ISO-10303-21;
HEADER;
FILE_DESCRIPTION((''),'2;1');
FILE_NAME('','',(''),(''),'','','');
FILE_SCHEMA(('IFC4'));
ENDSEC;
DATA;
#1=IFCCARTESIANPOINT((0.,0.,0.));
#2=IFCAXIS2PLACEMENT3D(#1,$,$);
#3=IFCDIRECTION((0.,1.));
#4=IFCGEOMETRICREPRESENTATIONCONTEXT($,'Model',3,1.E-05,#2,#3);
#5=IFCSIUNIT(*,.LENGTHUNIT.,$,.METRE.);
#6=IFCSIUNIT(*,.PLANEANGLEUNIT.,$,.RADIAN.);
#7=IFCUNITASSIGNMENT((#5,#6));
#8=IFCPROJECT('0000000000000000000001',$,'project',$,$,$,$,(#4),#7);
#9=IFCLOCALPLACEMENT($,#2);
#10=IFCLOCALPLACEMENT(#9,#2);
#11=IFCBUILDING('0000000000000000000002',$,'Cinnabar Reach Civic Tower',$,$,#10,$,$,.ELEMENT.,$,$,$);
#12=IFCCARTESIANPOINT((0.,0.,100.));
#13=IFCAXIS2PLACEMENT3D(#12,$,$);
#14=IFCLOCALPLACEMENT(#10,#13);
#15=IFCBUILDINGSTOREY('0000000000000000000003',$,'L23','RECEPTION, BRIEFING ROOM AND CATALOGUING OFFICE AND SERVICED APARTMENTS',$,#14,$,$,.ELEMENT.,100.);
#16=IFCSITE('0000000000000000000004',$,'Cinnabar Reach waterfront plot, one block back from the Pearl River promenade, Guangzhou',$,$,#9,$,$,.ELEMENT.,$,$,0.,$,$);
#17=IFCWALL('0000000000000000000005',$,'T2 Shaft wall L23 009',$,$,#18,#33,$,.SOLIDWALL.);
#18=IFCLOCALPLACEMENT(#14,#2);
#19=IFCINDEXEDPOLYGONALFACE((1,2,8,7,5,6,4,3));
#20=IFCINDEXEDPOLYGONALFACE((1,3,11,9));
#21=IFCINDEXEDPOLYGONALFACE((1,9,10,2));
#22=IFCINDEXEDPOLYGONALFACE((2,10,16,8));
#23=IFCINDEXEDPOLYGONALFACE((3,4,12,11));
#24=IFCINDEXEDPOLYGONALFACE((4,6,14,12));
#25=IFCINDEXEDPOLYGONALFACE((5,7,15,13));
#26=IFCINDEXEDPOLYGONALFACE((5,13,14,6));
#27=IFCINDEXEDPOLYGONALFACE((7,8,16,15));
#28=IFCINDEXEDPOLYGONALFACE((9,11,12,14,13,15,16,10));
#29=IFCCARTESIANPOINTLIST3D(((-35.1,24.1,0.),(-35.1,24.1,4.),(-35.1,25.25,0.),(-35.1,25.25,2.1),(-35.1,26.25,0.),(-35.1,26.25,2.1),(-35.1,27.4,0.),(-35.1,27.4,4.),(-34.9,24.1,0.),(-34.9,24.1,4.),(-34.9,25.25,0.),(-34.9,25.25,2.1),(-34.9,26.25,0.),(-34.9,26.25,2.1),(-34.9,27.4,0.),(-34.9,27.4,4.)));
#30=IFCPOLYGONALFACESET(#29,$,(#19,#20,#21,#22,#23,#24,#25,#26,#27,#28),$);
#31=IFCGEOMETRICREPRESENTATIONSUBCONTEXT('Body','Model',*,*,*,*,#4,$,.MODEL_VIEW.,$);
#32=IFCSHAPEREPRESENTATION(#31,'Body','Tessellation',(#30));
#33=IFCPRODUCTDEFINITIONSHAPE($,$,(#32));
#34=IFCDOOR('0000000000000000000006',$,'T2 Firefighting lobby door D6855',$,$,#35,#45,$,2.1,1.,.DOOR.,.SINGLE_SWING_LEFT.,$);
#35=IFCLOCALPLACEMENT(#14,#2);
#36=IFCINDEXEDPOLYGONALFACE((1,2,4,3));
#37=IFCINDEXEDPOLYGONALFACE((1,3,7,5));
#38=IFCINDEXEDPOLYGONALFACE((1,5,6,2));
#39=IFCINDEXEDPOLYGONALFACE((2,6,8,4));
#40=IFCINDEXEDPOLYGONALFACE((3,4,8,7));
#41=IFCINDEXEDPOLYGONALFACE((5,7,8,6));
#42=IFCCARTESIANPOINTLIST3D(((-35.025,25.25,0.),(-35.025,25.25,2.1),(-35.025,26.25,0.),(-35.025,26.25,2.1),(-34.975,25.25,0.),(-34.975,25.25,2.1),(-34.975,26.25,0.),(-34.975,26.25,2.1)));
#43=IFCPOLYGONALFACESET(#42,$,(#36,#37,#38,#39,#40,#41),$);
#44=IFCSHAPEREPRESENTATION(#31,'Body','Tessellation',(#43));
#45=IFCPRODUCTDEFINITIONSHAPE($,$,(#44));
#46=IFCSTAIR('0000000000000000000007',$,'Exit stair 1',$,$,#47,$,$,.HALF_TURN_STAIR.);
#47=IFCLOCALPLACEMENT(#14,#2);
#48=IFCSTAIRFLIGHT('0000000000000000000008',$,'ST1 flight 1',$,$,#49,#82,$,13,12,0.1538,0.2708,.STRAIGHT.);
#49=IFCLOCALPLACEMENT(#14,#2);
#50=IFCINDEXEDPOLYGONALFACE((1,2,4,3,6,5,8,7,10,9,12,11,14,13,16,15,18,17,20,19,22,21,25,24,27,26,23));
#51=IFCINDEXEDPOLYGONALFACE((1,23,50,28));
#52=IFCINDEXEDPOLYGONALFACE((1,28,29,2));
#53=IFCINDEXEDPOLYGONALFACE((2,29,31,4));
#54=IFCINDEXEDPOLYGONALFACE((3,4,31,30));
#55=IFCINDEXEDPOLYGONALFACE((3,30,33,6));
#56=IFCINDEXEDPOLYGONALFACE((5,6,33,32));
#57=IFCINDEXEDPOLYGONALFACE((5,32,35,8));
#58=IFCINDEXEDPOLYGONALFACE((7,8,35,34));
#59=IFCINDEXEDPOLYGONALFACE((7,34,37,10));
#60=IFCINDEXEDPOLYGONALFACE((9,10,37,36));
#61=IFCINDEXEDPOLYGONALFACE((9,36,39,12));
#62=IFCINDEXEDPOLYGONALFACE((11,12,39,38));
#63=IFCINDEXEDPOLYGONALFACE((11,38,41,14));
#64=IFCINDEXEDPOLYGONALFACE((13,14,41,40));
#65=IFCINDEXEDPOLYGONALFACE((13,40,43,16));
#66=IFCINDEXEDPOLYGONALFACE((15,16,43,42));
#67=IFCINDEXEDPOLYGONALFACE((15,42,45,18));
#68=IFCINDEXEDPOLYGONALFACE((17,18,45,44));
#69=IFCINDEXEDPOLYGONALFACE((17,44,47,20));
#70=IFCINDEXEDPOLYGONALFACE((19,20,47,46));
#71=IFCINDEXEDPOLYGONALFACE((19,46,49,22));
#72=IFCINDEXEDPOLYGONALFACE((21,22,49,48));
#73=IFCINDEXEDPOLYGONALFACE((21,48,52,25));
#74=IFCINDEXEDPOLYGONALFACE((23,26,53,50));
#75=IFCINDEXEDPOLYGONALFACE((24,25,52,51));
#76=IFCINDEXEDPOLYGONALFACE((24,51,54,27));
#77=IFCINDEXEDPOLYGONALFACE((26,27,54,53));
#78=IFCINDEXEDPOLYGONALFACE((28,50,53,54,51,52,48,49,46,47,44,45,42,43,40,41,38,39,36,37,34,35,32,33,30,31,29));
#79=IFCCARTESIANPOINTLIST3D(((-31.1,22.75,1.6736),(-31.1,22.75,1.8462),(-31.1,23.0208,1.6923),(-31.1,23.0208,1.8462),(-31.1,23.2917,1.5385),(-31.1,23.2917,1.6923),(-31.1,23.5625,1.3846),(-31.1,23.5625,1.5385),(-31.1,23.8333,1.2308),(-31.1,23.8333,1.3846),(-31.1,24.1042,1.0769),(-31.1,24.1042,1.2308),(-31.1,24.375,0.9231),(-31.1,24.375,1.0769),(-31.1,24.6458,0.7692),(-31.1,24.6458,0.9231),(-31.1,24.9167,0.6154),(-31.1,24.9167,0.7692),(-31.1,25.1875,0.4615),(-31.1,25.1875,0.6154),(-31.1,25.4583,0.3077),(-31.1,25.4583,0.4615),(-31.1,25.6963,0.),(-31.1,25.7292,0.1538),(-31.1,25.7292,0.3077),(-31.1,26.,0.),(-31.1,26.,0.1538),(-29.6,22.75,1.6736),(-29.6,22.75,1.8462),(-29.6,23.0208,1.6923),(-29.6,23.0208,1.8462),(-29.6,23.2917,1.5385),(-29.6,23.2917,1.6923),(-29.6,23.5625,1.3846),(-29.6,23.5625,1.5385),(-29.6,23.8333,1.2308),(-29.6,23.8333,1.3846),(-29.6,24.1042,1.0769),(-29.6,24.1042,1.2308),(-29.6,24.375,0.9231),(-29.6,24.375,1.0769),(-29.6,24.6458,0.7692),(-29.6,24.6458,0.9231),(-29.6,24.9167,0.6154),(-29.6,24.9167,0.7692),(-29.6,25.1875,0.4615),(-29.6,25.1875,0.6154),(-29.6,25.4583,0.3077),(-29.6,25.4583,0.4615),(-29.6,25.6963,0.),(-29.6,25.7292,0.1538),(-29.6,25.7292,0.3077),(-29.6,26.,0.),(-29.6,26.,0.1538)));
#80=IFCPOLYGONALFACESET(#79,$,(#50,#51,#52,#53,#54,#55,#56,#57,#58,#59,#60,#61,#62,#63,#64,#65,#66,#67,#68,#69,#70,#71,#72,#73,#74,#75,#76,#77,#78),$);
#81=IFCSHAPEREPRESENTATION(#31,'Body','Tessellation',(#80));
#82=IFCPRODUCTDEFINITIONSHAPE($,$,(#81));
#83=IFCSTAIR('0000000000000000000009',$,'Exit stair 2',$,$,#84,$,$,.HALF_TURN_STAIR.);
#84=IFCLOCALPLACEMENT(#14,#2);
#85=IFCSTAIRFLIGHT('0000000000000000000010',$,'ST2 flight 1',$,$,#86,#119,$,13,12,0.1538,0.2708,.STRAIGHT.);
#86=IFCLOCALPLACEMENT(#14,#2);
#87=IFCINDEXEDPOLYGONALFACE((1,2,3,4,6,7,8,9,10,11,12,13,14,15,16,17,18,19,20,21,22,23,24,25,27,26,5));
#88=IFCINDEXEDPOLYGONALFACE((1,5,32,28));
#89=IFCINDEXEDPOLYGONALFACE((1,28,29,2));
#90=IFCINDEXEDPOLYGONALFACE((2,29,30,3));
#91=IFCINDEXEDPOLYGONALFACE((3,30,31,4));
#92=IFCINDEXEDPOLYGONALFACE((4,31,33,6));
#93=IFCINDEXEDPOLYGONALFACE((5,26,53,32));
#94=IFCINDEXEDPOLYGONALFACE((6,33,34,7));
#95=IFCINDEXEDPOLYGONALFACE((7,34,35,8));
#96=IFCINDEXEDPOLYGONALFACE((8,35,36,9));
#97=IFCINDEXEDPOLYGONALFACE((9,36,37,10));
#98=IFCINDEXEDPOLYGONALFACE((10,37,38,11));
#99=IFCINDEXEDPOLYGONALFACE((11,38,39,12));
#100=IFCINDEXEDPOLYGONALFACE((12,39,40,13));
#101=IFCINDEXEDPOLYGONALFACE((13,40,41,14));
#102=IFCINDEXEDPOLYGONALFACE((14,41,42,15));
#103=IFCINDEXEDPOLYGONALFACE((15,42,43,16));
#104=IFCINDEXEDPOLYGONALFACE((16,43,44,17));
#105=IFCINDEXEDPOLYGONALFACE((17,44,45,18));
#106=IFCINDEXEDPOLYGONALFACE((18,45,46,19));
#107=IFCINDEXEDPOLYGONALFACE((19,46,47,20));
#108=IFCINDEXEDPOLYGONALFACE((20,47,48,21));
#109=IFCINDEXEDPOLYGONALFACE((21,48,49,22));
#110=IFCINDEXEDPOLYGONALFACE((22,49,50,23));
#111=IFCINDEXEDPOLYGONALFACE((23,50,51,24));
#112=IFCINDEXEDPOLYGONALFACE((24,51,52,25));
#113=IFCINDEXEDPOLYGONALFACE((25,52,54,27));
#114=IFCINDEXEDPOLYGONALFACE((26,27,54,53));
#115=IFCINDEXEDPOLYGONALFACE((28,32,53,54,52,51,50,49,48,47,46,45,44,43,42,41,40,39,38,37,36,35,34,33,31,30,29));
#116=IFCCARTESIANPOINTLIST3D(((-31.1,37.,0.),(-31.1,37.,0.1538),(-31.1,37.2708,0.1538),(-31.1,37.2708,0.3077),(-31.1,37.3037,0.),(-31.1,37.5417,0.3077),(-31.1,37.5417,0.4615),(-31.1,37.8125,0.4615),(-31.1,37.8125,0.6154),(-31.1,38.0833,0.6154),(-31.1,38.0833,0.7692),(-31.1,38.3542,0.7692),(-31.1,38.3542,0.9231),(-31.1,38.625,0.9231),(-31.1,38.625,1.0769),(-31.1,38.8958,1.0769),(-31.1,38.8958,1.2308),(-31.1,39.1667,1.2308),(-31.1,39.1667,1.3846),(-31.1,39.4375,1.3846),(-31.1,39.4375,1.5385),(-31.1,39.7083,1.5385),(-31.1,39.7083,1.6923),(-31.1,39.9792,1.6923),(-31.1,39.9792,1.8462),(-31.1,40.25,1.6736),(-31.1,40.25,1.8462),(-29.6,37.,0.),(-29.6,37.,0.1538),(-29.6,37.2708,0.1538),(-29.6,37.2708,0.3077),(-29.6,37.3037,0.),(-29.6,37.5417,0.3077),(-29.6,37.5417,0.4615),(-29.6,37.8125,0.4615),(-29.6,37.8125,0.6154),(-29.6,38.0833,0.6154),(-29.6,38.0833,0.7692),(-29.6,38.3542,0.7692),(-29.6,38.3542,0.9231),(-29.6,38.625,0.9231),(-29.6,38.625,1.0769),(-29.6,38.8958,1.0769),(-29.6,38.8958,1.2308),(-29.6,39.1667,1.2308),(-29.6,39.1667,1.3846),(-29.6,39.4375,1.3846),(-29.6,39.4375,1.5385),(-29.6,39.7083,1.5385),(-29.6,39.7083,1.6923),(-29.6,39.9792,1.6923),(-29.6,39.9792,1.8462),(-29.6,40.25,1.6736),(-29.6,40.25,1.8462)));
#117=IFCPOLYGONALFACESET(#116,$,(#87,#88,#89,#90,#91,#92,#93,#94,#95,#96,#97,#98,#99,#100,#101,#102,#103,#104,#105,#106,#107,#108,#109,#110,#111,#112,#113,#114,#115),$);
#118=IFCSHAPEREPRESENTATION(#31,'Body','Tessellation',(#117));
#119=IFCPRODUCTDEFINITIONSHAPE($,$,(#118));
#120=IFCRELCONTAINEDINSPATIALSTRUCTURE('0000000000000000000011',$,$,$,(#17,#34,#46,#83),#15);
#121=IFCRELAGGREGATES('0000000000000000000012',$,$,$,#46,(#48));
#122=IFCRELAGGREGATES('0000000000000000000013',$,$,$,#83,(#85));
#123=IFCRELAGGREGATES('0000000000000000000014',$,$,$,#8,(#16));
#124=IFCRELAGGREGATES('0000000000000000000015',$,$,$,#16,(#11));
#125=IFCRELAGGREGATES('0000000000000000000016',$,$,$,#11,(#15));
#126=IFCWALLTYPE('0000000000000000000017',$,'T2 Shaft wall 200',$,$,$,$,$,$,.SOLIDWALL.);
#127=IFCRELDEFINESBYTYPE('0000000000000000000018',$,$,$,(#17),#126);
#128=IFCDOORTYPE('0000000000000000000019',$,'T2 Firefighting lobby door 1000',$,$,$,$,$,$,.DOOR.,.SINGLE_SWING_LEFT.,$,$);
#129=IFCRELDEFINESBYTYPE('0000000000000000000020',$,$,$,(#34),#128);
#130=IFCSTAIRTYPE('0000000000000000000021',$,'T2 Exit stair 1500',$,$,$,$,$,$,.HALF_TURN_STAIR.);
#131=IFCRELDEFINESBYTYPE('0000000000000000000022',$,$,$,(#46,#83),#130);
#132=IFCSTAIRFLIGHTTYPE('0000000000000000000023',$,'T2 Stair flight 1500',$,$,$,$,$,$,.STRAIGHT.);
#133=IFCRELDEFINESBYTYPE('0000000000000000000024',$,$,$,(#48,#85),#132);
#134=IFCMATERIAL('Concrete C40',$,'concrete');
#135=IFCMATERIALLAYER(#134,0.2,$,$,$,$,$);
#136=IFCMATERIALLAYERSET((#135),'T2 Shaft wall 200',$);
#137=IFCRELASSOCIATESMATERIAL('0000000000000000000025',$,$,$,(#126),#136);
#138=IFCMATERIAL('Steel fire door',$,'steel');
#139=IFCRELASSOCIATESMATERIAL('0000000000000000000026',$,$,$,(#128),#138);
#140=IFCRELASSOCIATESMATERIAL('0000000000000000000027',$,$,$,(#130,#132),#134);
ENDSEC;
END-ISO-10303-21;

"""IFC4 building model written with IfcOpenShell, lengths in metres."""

from ifc_helpers import new_model, si_unit, direction, frame, frame_2d, origin, place, context, subcontext, project, spatial, polyline, rectangle, outline, extrude, material, layer, layer_set, type_object, element, fill, aggregate, save


model = new_model("IFC4")

# Units and contexts
model_context = context("Model", 3, precision=1e-05, world=origin(), true_north=direction((0.0, 1.0)))
body_context = subcontext(model_context, "Body", "Model", "MODEL_VIEW")
ifc_project = project(units=[si_unit("LENGTHUNIT", "METRE"), si_unit("PLANEANGLEUNIT", "RADIAN")], contexts=[model_context])

# Site, building, storey
site_placement = place(None, origin())
site = spatial("IfcSite", under=ifc_project, at=site_placement, Name="Cinnabar Reach waterfront plot, one block back from the Pearl River promenade, Guangzhou", CompositionType="ELEMENT", RefElevation=0.0)
building_placement = place(site_placement, origin())
building = spatial("IfcBuilding", under=site, at=building_placement, Name="Cinnabar Reach Civic Tower", CompositionType="ELEMENT")
storey_placement = place(building_placement, frame((0.0, 0.0, 100.0)))
storey = spatial("IfcBuildingStorey", under=building, at=storey_placement, Name="L23", Description="RECEPTION, BRIEFING ROOM AND CATALOGUING OFFICE AND SERVICED APARTMENTS", CompositionType="ELEMENT", Elevation=100.0)

# Shared definitions
ifc_material_1 = material(Name="Steel fire door", Category="steel")

# Shared definitions
ifc_material_2 = material(Name="Concrete C40", Category="concrete")
ifc_layer_1 = layer(ifc_material_2, 0.2)
ifc_layer_set_1 = layer_set([ifc_layer_1], Name="T2 Shaft wall 200")
wall_type_1 = type_object("IfcWallType", Name="T2 Shaft wall 200", PredefinedType="SOLIDWALL", material=ifc_layer_set_1)

# Wall, opening, door
wall_1_placement = place(storey_placement, frame((-35.0, 24.1, 0.0), z_axis=(0.0, 0.0, 1.0), x_axis=(0.0, 1.0, 0.0)))
wall_1 = element("IfcWall", 1, at=wall_1_placement, inside=storey, type_object=wall_type_1, Name="T2 Shaft wall L23 009", PredefinedType="SOLIDWALL", context=body_context, shape_type="SweptSolid", body=[
    extrude(rectangle(XDim=3.3, YDim=0.2, at=frame_2d((1.65, 0.0))), origin(), (0.0, 0.0, 1.0), 4.0),
])
opening_1_placement = place(wall_1_placement, frame((1.15, 0.0, 0.0)))
opening_1 = element("IfcOpeningElement", 2, at=opening_1_placement, cuts=wall_1, PredefinedType="OPENING", context=body_context, shape_type="SweptSolid", body=[
    extrude(rectangle(XDim=1.0, YDim=2.1, at=frame_2d((0.5, 1.05))), frame((0.0, 0.11, 0.0), z_axis=(0.0, -1.0, 0.0), x_axis=(1.0, 0.0, 0.0)), (0.0, 0.0, 1.0), 0.22),
])
door_type_1 = type_object("IfcDoorType", Name="T2 Firefighting lobby door 1000", OperationType="SINGLE_SWING_LEFT", PredefinedType="DOOR", material=ifc_material_1)
door_1_placement = place(opening_1_placement, origin())
door_1 = element("IfcDoor", 3, at=door_1_placement, inside=storey, type_object=door_type_1, Name="T2 Firefighting lobby door D6855", OperationType="SINGLE_SWING_LEFT", OverallHeight=2.1, OverallWidth=1.0, PredefinedType="DOOR", context=body_context, shape_type="SweptSolid", body=[
    extrude(rectangle(XDim=1.0, YDim=2.1, at=frame_2d((0.5, 1.05))), frame((0.0, 0.025, 0.0), z_axis=(0.0, -1.0, 0.0), x_axis=(1.0, 0.0, 0.0)), (0.0, 0.0, 1.0), 0.05),
])
fill(opening_1, door_1)

# Stairs, stair flights
stair_type = type_object("IfcStairType", Name="T2 Exit stair 1500", PredefinedType="HALF_TURN_STAIR", material=ifc_material_2)
stair_1_placement = place(storey_placement, origin())
stair_1 = element("IfcStair", 4, at=stair_1_placement, inside=storey, type_object=stair_type, Name="Exit stair 1", PredefinedType="HALF_TURN_STAIR")
stair_flight_type = type_object("IfcStairFlightType", Name="T2 Stair flight 1500", PredefinedType="STRAIGHT", material=ifc_material_2)
stair_flight_1_placement = place(storey_placement, frame((-30.35, 26.0, 0.0), z_axis=(0.0, 0.0, 1.0), x_axis=(0.0, -1.0, 0.0)))
stair_flight_1 = element("IfcStairFlight", 5, at=stair_flight_1_placement, type_object=stair_flight_type, Name="ST1 flight 1", NumberOfRisers=13, NumberOfTreads=12, PredefinedType="STRAIGHT", RiserHeight=0.1538, TreadLength=0.2708, context=body_context, shape_type="SweptSolid", body=[
    extrude(outline(polyline([(0.0, 0.0), (0.0, 0.1538), (0.2708, 0.1538), (0.2708, 0.3077), (0.5417, 0.3077), (0.5417, 0.4615), (0.8125, 0.4615), (0.8125, 0.6154), (1.0833, 0.6154), (1.0833, 0.7692), (1.3542, 0.7692), (1.3542, 0.9231), (1.625, 0.9231), (1.625, 1.0769), (1.8958, 1.0769), (1.8958, 1.2308), (2.1667, 1.2308), (2.1667, 1.3846), (2.4375, 1.3846), (2.4375, 1.5385), (2.7083, 1.5385), (2.7083, 1.6923), (2.9792, 1.6923), (2.9792, 1.8462), (3.25, 1.8462), (3.25, 2.0), (3.25, 1.6736), (0.3037, 0.0), (0.0, 0.0)])), frame((0.0, 0.75, 0.0), z_axis=(0.0, -1.0, 0.0), x_axis=(1.0, 0.0, 0.0)), (0.0, 0.0, 1.0), 1.5),
])
aggregate(stair_1, [stair_flight_1])
stair_2_placement = place(storey_placement, origin())
stair_2 = element("IfcStair", 6, at=stair_2_placement, inside=storey, type_object=stair_type, Name="Exit stair 2", PredefinedType="HALF_TURN_STAIR")
stair_flight_2_placement = place(storey_placement, frame((-30.35, 37.0, 0.0), z_axis=(0.0, 0.0, 1.0), x_axis=(0.0, 1.0, 0.0)))
stair_flight_2 = element("IfcStairFlight", 7, at=stair_flight_2_placement, type_object=stair_flight_type, Name="ST2 flight 1", NumberOfRisers=13, NumberOfTreads=12, PredefinedType="STRAIGHT", RiserHeight=0.1538, TreadLength=0.2708, context=body_context, shape_type="SweptSolid", body=[
    extrude(outline(polyline([(0.0, 0.0), (0.0, 0.1538), (0.2708, 0.1538), (0.2708, 0.3077), (0.5417, 0.3077), (0.5417, 0.4615), (0.8125, 0.4615), (0.8125, 0.6154), (1.0833, 0.6154), (1.0833, 0.7692), (1.3542, 0.7692), (1.3542, 0.9231), (1.625, 0.9231), (1.625, 1.0769), (1.8958, 1.0769), (1.8958, 1.2308), (2.1667, 1.2308), (2.1667, 1.3846), (2.4375, 1.3846), (2.4375, 1.5385), (2.7083, 1.5385), (2.7083, 1.6923), (2.9792, 1.6923), (2.9792, 1.8462), (3.25, 1.8462), (3.25, 2.0), (3.25, 1.6736), (0.3037, 0.0), (0.0, 0.0)])), frame((0.0, 0.75, 0.0), z_axis=(0.0, -1.0, 0.0), x_axis=(1.0, 0.0, 0.0)), (0.0, 0.0, 1.0), 1.5),
])
aggregate(stair_2, [stair_flight_2])

save(model, "model.ifc")
